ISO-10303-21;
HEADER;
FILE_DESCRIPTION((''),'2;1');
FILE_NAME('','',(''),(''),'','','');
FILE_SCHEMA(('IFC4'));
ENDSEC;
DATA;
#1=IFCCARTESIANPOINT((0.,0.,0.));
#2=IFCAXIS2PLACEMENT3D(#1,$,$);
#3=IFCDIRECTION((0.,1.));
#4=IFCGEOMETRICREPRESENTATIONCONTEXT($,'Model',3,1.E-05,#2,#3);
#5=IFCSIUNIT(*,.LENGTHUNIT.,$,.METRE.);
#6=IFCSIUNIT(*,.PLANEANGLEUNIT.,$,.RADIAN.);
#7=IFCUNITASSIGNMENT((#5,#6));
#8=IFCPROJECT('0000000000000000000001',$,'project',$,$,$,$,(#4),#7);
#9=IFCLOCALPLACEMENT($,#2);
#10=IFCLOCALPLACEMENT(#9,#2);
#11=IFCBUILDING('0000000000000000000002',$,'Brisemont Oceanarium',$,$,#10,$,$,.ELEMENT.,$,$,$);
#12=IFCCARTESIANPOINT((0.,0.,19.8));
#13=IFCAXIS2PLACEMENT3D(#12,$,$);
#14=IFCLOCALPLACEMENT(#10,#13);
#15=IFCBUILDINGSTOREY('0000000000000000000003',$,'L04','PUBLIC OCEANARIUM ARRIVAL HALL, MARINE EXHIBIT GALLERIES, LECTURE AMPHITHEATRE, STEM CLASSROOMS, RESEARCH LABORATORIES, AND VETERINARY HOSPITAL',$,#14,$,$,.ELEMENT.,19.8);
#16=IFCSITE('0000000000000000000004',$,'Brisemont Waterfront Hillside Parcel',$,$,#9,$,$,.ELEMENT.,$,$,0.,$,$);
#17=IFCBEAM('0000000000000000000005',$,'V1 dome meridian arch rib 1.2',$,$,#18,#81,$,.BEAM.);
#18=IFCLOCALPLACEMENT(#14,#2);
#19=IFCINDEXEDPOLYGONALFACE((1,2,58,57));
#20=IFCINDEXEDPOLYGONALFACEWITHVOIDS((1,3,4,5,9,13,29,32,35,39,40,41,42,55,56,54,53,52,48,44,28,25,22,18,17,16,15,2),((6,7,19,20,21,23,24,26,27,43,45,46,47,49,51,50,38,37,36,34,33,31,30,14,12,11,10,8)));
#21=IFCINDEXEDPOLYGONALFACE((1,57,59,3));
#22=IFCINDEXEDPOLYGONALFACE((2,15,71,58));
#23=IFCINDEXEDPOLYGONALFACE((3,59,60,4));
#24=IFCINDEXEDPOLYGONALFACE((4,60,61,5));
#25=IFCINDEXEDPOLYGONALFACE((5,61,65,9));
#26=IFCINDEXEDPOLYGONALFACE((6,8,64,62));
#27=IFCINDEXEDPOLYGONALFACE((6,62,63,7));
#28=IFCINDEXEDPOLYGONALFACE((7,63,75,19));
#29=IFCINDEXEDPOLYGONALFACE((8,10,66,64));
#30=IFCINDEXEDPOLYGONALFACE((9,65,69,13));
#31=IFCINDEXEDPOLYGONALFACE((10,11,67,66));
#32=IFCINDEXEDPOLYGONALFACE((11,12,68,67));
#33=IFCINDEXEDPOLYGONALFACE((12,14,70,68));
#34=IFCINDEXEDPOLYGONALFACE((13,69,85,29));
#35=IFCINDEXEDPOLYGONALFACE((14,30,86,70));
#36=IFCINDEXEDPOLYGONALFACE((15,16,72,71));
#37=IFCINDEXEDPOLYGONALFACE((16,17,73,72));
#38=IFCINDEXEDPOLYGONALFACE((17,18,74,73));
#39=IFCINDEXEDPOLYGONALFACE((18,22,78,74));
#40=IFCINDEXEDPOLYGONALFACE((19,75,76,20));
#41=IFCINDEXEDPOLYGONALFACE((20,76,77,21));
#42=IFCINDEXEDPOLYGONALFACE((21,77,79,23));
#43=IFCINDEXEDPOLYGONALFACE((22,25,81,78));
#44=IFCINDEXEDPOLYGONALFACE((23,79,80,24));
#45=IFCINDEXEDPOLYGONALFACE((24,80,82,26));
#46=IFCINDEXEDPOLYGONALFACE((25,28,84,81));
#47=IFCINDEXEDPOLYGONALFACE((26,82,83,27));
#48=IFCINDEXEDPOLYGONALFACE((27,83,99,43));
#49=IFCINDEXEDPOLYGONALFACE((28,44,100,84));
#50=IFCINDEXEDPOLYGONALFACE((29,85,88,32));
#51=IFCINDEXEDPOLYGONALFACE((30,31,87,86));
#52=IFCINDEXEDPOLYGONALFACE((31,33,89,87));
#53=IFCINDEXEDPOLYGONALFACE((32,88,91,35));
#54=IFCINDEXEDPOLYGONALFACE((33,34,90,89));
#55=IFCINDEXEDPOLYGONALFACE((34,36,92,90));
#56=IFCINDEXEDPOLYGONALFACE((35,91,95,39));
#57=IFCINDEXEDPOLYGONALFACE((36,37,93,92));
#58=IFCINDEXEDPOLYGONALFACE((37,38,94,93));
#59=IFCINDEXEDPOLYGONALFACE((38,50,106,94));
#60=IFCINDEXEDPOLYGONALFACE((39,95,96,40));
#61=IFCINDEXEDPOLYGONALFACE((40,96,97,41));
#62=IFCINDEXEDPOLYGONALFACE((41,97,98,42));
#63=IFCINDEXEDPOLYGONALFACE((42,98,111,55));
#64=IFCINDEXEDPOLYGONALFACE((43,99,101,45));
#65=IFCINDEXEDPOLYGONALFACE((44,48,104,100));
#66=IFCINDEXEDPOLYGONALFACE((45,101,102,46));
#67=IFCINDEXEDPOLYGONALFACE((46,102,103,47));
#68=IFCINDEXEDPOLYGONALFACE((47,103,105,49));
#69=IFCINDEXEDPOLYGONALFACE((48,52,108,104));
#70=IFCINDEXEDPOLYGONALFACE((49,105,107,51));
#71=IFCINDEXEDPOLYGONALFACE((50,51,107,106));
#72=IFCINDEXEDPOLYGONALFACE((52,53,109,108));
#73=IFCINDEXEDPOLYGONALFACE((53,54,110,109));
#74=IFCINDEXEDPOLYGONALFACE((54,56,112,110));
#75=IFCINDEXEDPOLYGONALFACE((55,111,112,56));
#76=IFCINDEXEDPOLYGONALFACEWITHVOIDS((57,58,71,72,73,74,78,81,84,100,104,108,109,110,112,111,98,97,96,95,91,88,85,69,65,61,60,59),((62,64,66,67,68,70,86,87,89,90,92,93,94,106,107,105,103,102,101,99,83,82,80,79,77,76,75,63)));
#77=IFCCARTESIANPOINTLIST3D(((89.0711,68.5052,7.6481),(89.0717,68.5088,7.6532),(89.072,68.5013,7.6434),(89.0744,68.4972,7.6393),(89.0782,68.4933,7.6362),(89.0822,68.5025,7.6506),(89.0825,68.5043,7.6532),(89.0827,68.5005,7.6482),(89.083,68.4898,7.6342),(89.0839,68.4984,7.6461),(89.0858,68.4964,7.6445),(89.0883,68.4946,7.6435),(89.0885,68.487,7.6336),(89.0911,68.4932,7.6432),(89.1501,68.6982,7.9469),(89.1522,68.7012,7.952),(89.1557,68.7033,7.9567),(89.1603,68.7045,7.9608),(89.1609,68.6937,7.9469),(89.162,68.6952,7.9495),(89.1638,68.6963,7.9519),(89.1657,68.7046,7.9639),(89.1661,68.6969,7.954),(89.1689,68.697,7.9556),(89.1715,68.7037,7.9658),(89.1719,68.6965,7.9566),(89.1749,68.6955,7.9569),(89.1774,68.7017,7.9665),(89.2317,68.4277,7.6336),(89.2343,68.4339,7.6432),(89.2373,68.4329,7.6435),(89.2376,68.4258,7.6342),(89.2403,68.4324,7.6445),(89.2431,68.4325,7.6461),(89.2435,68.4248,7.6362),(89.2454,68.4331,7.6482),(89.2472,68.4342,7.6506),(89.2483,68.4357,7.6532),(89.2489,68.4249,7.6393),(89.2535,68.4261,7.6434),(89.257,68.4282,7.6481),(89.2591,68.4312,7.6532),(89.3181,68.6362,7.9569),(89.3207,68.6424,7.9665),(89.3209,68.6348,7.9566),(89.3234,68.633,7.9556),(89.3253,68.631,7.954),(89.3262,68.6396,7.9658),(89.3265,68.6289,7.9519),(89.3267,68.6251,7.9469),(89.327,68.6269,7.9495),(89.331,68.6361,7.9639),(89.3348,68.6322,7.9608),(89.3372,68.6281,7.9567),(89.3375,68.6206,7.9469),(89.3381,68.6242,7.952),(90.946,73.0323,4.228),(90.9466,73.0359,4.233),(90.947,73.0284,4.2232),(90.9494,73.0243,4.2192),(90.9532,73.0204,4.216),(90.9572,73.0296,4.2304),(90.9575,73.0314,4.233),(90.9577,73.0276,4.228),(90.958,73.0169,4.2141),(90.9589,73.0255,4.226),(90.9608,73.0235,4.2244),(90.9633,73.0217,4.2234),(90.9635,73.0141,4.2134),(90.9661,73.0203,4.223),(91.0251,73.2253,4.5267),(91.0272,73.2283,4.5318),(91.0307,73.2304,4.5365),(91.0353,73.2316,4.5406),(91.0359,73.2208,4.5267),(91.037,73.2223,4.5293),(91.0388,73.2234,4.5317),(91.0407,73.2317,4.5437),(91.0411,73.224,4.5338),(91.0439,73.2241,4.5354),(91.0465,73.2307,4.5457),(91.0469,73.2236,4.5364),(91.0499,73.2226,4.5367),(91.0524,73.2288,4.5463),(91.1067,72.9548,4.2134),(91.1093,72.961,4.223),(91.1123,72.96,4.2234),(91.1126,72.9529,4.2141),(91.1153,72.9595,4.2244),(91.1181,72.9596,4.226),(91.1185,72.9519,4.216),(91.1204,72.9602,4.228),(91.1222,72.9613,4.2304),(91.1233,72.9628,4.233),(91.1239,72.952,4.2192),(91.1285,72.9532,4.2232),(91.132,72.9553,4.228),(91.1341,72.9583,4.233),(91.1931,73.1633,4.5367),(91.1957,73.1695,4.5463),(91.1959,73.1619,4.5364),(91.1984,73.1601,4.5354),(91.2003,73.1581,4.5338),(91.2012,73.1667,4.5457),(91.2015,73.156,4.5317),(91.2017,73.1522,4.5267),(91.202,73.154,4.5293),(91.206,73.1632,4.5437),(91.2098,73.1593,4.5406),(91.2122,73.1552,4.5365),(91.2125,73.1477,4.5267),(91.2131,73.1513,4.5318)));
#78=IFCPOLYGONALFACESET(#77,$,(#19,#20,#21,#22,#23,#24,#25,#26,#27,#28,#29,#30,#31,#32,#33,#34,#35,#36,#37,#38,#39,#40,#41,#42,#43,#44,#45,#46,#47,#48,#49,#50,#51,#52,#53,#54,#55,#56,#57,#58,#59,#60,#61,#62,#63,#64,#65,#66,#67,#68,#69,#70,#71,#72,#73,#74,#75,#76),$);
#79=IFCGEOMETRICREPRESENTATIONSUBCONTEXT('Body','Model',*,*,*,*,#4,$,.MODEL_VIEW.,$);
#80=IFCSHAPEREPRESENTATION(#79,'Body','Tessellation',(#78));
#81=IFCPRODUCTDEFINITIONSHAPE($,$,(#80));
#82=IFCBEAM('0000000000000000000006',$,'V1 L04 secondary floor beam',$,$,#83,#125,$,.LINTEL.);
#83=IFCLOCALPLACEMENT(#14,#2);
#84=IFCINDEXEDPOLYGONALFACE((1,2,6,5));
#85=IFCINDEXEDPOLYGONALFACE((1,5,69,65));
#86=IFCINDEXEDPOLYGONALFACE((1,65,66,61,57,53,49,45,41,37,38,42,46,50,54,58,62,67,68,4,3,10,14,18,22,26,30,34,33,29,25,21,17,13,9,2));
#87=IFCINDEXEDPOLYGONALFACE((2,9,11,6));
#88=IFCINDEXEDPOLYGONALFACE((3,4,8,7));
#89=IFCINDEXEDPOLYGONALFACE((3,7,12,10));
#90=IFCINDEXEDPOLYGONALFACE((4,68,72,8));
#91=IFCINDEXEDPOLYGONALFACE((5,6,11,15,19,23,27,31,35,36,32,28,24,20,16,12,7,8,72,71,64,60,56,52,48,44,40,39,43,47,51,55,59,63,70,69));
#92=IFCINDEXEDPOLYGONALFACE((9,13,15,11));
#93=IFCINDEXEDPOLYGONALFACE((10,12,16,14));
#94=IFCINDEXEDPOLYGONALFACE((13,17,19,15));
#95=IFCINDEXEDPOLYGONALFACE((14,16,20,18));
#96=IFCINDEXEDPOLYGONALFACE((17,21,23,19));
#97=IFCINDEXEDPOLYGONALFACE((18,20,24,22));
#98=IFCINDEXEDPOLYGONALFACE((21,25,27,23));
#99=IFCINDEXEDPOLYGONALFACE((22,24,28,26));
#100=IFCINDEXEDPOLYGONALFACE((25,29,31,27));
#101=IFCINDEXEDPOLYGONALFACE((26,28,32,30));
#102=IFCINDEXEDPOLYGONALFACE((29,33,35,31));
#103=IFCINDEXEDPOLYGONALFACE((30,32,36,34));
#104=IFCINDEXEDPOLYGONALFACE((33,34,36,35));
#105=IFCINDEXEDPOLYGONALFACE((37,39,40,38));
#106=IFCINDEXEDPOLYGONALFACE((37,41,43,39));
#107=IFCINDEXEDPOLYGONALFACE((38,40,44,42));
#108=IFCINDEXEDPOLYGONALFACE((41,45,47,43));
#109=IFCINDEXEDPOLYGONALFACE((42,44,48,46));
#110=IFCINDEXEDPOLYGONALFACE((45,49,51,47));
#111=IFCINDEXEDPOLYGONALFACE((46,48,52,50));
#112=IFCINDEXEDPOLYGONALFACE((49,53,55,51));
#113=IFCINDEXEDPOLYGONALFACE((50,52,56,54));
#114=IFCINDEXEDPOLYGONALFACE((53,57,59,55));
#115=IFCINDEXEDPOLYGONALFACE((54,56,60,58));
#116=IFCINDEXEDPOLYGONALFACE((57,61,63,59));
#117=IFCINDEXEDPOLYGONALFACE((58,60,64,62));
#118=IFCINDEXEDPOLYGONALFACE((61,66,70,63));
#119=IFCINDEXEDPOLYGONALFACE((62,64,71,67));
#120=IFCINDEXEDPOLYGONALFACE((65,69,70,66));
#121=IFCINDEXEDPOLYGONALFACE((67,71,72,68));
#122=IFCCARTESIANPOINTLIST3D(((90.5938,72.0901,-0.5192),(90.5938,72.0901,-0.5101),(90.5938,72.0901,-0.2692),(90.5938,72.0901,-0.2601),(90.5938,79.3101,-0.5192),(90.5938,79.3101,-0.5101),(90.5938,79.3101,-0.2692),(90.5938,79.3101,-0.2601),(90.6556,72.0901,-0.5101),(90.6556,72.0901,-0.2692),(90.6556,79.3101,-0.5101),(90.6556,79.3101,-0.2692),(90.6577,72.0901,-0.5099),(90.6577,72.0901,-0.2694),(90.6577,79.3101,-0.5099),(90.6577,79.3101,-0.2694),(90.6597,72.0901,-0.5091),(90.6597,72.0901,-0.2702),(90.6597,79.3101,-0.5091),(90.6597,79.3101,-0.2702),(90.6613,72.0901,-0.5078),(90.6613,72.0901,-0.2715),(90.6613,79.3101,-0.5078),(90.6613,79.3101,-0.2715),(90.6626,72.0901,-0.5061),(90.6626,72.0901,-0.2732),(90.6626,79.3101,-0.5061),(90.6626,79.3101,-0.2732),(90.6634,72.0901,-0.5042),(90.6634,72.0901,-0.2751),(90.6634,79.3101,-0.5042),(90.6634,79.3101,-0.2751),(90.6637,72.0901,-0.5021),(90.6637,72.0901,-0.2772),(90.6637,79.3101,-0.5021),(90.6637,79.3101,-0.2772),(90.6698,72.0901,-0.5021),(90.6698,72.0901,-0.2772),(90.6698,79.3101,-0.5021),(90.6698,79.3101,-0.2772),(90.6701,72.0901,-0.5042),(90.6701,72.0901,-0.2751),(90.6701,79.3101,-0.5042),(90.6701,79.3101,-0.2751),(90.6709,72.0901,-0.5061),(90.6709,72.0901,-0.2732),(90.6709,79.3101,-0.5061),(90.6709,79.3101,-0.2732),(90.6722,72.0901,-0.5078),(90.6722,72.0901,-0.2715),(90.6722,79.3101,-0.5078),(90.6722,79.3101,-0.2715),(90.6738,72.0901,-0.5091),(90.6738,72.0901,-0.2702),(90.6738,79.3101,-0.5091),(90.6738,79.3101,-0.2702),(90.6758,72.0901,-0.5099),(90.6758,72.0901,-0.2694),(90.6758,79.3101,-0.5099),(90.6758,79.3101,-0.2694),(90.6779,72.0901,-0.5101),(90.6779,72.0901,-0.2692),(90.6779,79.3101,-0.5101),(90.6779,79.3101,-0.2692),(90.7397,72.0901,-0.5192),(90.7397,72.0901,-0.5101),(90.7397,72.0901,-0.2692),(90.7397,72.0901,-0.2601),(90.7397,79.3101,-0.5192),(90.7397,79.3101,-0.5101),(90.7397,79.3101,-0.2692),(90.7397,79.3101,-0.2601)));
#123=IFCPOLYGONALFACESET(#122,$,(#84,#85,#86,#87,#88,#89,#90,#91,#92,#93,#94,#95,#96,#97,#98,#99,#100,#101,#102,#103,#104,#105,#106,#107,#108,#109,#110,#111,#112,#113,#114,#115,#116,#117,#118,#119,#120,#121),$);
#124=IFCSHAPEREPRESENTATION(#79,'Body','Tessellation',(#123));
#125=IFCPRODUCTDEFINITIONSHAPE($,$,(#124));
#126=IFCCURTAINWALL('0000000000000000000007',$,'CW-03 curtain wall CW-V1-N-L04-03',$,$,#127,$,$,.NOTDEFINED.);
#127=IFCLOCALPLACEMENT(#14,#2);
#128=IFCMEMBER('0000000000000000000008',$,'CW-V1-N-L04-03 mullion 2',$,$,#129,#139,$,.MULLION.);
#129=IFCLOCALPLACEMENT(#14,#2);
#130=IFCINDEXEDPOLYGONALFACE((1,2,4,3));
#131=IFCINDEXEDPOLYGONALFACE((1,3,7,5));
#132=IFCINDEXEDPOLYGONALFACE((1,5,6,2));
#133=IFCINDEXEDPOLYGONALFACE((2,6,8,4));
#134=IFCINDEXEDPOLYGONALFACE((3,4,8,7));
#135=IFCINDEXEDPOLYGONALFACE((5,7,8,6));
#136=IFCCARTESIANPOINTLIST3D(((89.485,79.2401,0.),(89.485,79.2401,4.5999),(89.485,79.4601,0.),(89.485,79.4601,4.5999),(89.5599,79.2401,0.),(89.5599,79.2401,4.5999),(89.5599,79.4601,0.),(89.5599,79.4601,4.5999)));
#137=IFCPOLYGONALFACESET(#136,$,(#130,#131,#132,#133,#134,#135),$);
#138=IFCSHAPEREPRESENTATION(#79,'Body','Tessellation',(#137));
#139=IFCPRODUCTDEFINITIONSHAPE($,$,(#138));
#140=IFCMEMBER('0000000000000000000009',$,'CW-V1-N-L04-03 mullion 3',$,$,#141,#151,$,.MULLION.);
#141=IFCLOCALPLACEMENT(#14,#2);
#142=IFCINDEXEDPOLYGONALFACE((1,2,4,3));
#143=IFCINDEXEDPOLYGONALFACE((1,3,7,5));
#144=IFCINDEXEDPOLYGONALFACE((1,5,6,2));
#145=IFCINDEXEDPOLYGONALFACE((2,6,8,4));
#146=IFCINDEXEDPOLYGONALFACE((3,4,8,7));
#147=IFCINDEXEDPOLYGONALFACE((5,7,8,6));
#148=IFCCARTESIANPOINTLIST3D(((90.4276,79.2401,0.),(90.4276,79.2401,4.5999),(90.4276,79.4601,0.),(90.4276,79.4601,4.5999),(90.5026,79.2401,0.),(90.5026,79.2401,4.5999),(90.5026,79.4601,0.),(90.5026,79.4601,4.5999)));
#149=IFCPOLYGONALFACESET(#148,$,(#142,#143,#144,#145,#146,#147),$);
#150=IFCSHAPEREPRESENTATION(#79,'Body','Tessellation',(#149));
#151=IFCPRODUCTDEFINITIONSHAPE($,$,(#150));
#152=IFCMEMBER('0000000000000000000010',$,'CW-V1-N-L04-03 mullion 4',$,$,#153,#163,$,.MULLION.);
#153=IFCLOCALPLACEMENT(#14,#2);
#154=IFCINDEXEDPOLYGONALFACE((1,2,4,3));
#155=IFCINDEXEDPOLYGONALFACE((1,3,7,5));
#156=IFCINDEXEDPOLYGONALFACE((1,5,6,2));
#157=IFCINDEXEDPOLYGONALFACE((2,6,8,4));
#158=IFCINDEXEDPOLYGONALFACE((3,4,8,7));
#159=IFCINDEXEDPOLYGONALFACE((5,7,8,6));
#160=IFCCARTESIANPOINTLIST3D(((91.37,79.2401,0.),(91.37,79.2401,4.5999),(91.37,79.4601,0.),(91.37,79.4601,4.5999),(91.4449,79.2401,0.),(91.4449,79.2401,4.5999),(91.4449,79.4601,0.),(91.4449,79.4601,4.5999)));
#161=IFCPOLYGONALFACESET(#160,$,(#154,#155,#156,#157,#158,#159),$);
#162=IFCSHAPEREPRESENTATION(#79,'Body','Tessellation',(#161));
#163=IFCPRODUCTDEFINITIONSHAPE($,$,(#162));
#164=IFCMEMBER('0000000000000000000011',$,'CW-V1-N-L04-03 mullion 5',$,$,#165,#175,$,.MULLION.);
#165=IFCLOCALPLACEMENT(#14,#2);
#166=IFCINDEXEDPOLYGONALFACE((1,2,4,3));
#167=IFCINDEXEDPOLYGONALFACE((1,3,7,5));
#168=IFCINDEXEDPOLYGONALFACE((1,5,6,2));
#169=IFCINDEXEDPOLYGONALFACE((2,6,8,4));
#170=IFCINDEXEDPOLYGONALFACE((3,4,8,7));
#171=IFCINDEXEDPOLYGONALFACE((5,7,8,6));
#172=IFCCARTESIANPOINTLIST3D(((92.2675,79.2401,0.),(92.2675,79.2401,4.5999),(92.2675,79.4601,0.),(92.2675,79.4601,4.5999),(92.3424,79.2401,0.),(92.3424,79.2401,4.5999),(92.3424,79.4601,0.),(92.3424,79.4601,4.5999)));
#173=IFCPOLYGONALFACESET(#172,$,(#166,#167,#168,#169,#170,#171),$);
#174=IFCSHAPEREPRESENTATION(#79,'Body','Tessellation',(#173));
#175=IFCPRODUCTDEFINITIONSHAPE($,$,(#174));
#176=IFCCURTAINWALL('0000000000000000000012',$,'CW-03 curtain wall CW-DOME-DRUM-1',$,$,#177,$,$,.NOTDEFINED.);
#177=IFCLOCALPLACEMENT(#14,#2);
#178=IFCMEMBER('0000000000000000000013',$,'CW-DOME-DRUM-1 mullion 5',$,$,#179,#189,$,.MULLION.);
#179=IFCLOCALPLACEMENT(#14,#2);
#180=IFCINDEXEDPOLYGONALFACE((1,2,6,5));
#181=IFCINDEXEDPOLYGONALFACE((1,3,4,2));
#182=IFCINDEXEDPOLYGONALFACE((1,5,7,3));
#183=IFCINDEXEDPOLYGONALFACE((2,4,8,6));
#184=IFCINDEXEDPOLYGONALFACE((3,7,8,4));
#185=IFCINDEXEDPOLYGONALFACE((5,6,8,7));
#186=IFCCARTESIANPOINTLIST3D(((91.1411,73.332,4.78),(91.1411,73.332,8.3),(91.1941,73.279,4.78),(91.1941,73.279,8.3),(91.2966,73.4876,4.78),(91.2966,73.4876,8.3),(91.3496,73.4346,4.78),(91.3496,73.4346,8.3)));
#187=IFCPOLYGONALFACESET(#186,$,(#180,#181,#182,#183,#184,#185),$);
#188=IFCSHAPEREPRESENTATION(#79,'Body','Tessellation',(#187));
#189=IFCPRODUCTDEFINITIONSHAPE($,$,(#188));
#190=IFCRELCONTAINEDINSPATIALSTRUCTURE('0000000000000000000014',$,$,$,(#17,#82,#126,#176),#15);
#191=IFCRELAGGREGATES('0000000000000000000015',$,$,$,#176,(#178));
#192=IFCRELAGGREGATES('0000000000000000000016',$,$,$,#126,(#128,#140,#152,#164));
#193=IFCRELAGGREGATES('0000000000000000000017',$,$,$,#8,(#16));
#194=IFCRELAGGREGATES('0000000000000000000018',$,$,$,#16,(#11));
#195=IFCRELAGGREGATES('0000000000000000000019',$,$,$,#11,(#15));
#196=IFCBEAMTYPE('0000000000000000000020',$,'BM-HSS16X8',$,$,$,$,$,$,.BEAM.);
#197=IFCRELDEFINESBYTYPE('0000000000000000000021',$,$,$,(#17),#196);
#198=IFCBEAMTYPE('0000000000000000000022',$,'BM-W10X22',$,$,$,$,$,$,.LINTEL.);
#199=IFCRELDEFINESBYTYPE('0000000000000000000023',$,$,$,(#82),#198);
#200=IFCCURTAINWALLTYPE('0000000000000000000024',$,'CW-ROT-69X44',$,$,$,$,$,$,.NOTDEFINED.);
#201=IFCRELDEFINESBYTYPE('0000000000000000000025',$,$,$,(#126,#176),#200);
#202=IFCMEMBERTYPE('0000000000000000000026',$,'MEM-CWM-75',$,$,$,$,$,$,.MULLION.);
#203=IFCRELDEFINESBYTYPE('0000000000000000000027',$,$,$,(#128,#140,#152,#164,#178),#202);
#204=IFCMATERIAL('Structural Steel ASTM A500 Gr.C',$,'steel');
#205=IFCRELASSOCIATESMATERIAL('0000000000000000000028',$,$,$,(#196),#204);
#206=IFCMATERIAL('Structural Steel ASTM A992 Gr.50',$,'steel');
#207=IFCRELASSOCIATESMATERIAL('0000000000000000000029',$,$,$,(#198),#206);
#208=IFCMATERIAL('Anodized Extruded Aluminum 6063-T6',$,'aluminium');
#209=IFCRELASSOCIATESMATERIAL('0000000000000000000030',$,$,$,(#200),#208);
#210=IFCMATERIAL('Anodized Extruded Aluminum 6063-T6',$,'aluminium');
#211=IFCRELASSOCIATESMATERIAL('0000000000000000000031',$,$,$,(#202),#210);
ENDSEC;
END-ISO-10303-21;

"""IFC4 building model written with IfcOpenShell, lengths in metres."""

from ifc_helpers import new_model, si_unit, direction, frame, origin, origin_2d, place, context, subcontext, project, spatial, rectangle, hollow_rectangle, i_section, extrude, material, material_profile, profile_set, type_object, element, aggregate, save


model = new_model("IFC4")

# Units and contexts
model_context = context("Model", 3, precision=1e-05, world=origin(), true_north=direction((0.0, 1.0)))
body_context = subcontext(model_context, "Body", "Model", "MODEL_VIEW")
ifc_project = project(units=[si_unit("LENGTHUNIT", "METRE"), si_unit("PLANEANGLEUNIT", "RADIAN")], contexts=[model_context])

# Site, building, storey
site_placement = place(None, origin())
site = spatial("IfcSite", under=ifc_project, at=site_placement, Name="Brisemont Waterfront Hillside Parcel", CompositionType="ELEMENT", RefElevation=0.0)
building_placement = place(site_placement, origin())
building = spatial("IfcBuilding", under=site, at=building_placement, Name="Brisemont Oceanarium", CompositionType="ELEMENT")
storey_placement = place(building_placement, frame((0.0, 0.0, 19.8)))
storey = spatial("IfcBuildingStorey", under=building, at=storey_placement, Name="L04", Description="PUBLIC OCEANARIUM ARRIVAL HALL, MARINE EXHIBIT GALLERIES, LECTURE AMPHITHEATRE, STEM CLASSROOMS, RESEARCH LABORATORIES, AND VETERINARY HOSPITAL", CompositionType="ELEMENT", Elevation=19.8)

# Beams
ifc_material_1 = material(Name="Structural Steel ASTM A500 Gr.C", Category="steel")
ifc_material_profile_1 = material_profile(ifc_material_1, hollow_rectangle(XDim=0.2029, YDim=0.406, WallThickness=0.0117, InnerFilletRadius=0.0122, OuterFilletRadius=0.0239, at=origin_2d()), Name="HSS16X8X1/2")
ifc_profile_set_1 = profile_set([ifc_material_profile_1], Name="Structural Steel ASTM A500 Gr.C")
beam_type_1 = type_object("IfcBeamType", Name="BM-HSS16X8", PredefinedType="BEAM", material=ifc_profile_set_1)
beam_1_placement = place(storey_placement, frame((91.0796, 73.0918, 4.3799), z_axis=(-0.313776, -0.757598, 0.572355), x_axis=(0.923893, -0.382651, 0.0)))
element("IfcBeam", 1, at=beam_1_placement, inside=storey, type_object=beam_type_1, Name="V1 dome meridian arch rib 1.2", PredefinedType="BEAM", context=body_context, shape_type="SweptSolid", body=[
    extrude(hollow_rectangle(XDim=0.2029, YDim=0.406, WallThickness=0.0117, InnerFilletRadius=0.0122, OuterFilletRadius=0.0239, at=origin_2d()), origin(), (0.0, 0.0, 1.0), 5.9756),
])
ifc_material_2 = material(Name="Structural Steel ASTM A992 Gr.50", Category="steel")
ifc_material_profile_2 = material_profile(ifc_material_2, i_section(OverallWidth=0.146, OverallDepth=0.259, WebThickness=0.0061, FlangeThickness=0.009, FilletRadius=0.0081, at=origin_2d()), Name="W10X22")
ifc_profile_set_2 = profile_set([ifc_material_profile_2], Name="Structural Steel ASTM A992 Gr.50")
beam_type_2 = type_object("IfcBeamType", Name="BM-W10X22", PredefinedType="LINTEL", material=ifc_profile_set_2)
beam_2_placement = place(storey_placement, frame((90.6667, 72.0901, -0.3896), z_axis=(0.0, 1.0, 0.0), x_axis=(-1.0, 0.0, 0.0)))
element("IfcBeam", 2, at=beam_2_placement, inside=storey, type_object=beam_type_2, Name="V1 L04 secondary floor beam", PredefinedType="LINTEL", context=body_context, shape_type="SweptSolid", body=[
    extrude(i_section(OverallWidth=0.146, OverallDepth=0.259, WebThickness=0.0061, FlangeThickness=0.009, FilletRadius=0.0081, at=origin_2d()), origin(), (0.0, 0.0, 1.0), 7.22),
])

# Curtain wall, members
ifc_material_3 = material(Name="Anodized Extruded Aluminum 6063-T6", Category="aluminium")
curtain_wall_type = type_object("IfcCurtainWallType", Name="CW-ROT-69X44", PredefinedType="NOTDEFINED", material=ifc_material_3)
curtain_wall_1_placement = place(storey_placement, origin())
curtain_wall_1 = element("IfcCurtainWall", 3, at=curtain_wall_1_placement, inside=storey, type_object=curtain_wall_type, Name="CW-03 curtain wall CW-V1-N-L04-03", PredefinedType="NOTDEFINED")
ifc_material_4 = material(Name="Anodized Extruded Aluminum 6063-T6", Category="aluminium")
ifc_material_profile_3 = material_profile(ifc_material_4, rectangle(XDim=0.075, YDim=0.22, at=origin_2d()), Name="CWM-75X220")
ifc_profile_set_3 = profile_set([ifc_material_profile_3], Name="Anodized Extruded Aluminum 6063-T6")
member_type_1 = type_object("IfcMemberType", Name="MEM-CWM-75", PredefinedType="MULLION", material=ifc_profile_set_3)
member_1_placement = place(storey_placement, frame((89.5225, 79.3501, 0.0), z_axis=(0.0, 0.0, 1.0), x_axis=(1.0, 0.0, 0.0)))
member_1 = element("IfcMember", 4, at=member_1_placement, type_object=member_type_1, Name="CW-V1-N-L04-03 mullion 2", PredefinedType="MULLION", context=body_context, shape_type="SweptSolid", body=[
    extrude(rectangle(XDim=0.075, YDim=0.22, at=origin_2d()), origin(), (0.0, 0.0, 1.0), 4.5999),
])
member_2_placement = place(storey_placement, frame((90.4651, 79.3501, 0.0), z_axis=(0.0, 0.0, 1.0), x_axis=(1.0, 0.0, 0.0)))
member_2 = element("IfcMember", 5, at=member_2_placement, type_object=member_type_1, Name="CW-V1-N-L04-03 mullion 3", PredefinedType="MULLION", context=body_context, shape_type="SweptSolid", body=[
    extrude(rectangle(XDim=0.075, YDim=0.22, at=origin_2d()), origin(), (0.0, 0.0, 1.0), 4.5999),
])
member_3_placement = place(storey_placement, frame((91.4075, 79.3501, 0.0), z_axis=(0.0, 0.0, 1.0), x_axis=(1.0, 0.0, 0.0)))
member_3 = element("IfcMember", 6, at=member_3_placement, type_object=member_type_1, Name="CW-V1-N-L04-03 mullion 4", PredefinedType="MULLION", context=body_context, shape_type="SweptSolid", body=[
    extrude(rectangle(XDim=0.075, YDim=0.22, at=origin_2d()), origin(), (0.0, 0.0, 1.0), 4.5999),
])
member_4_placement = place(storey_placement, frame((92.3049, 79.3501, 0.0), z_axis=(0.0, 0.0, 1.0), x_axis=(1.0, 0.0, 0.0)))
member_4 = element("IfcMember", 7, at=member_4_placement, type_object=member_type_1, Name="CW-V1-N-L04-03 mullion 5", PredefinedType="MULLION", context=body_context, shape_type="SweptSolid", body=[
    extrude(rectangle(XDim=0.075, YDim=0.22, at=origin_2d()), origin(), (0.0, 0.0, 1.0), 4.5999),
])

# Curtain wall, member
curtain_wall_2_placement = place(storey_placement, origin())
curtain_wall_2 = element("IfcCurtainWall", 8, at=curtain_wall_2_placement, inside=storey, type_object=curtain_wall_type, Name="CW-03 curtain wall CW-DOME-DRUM-1", PredefinedType="NOTDEFINED")
member_5_placement = place(storey_placement, frame((91.2454, 73.3833, 4.78), z_axis=(0.0, 0.0, 1.0), x_axis=(-0.707107, 0.707107, 0.0)))
member_5 = element("IfcMember", 9, at=member_5_placement, type_object=member_type_1, Name="CW-DOME-DRUM-1 mullion 5", PredefinedType="MULLION", context=body_context, shape_type="SweptSolid", body=[
    extrude(rectangle(XDim=0.075, YDim=0.22, at=origin_2d()), origin(), (0.0, 0.0, 1.0), 3.52),
])
aggregate(curtain_wall_2, [member_5])

aggregate(curtain_wall_1, [member_1, member_2, member_3, member_4])

save(model, "model.ifc")
